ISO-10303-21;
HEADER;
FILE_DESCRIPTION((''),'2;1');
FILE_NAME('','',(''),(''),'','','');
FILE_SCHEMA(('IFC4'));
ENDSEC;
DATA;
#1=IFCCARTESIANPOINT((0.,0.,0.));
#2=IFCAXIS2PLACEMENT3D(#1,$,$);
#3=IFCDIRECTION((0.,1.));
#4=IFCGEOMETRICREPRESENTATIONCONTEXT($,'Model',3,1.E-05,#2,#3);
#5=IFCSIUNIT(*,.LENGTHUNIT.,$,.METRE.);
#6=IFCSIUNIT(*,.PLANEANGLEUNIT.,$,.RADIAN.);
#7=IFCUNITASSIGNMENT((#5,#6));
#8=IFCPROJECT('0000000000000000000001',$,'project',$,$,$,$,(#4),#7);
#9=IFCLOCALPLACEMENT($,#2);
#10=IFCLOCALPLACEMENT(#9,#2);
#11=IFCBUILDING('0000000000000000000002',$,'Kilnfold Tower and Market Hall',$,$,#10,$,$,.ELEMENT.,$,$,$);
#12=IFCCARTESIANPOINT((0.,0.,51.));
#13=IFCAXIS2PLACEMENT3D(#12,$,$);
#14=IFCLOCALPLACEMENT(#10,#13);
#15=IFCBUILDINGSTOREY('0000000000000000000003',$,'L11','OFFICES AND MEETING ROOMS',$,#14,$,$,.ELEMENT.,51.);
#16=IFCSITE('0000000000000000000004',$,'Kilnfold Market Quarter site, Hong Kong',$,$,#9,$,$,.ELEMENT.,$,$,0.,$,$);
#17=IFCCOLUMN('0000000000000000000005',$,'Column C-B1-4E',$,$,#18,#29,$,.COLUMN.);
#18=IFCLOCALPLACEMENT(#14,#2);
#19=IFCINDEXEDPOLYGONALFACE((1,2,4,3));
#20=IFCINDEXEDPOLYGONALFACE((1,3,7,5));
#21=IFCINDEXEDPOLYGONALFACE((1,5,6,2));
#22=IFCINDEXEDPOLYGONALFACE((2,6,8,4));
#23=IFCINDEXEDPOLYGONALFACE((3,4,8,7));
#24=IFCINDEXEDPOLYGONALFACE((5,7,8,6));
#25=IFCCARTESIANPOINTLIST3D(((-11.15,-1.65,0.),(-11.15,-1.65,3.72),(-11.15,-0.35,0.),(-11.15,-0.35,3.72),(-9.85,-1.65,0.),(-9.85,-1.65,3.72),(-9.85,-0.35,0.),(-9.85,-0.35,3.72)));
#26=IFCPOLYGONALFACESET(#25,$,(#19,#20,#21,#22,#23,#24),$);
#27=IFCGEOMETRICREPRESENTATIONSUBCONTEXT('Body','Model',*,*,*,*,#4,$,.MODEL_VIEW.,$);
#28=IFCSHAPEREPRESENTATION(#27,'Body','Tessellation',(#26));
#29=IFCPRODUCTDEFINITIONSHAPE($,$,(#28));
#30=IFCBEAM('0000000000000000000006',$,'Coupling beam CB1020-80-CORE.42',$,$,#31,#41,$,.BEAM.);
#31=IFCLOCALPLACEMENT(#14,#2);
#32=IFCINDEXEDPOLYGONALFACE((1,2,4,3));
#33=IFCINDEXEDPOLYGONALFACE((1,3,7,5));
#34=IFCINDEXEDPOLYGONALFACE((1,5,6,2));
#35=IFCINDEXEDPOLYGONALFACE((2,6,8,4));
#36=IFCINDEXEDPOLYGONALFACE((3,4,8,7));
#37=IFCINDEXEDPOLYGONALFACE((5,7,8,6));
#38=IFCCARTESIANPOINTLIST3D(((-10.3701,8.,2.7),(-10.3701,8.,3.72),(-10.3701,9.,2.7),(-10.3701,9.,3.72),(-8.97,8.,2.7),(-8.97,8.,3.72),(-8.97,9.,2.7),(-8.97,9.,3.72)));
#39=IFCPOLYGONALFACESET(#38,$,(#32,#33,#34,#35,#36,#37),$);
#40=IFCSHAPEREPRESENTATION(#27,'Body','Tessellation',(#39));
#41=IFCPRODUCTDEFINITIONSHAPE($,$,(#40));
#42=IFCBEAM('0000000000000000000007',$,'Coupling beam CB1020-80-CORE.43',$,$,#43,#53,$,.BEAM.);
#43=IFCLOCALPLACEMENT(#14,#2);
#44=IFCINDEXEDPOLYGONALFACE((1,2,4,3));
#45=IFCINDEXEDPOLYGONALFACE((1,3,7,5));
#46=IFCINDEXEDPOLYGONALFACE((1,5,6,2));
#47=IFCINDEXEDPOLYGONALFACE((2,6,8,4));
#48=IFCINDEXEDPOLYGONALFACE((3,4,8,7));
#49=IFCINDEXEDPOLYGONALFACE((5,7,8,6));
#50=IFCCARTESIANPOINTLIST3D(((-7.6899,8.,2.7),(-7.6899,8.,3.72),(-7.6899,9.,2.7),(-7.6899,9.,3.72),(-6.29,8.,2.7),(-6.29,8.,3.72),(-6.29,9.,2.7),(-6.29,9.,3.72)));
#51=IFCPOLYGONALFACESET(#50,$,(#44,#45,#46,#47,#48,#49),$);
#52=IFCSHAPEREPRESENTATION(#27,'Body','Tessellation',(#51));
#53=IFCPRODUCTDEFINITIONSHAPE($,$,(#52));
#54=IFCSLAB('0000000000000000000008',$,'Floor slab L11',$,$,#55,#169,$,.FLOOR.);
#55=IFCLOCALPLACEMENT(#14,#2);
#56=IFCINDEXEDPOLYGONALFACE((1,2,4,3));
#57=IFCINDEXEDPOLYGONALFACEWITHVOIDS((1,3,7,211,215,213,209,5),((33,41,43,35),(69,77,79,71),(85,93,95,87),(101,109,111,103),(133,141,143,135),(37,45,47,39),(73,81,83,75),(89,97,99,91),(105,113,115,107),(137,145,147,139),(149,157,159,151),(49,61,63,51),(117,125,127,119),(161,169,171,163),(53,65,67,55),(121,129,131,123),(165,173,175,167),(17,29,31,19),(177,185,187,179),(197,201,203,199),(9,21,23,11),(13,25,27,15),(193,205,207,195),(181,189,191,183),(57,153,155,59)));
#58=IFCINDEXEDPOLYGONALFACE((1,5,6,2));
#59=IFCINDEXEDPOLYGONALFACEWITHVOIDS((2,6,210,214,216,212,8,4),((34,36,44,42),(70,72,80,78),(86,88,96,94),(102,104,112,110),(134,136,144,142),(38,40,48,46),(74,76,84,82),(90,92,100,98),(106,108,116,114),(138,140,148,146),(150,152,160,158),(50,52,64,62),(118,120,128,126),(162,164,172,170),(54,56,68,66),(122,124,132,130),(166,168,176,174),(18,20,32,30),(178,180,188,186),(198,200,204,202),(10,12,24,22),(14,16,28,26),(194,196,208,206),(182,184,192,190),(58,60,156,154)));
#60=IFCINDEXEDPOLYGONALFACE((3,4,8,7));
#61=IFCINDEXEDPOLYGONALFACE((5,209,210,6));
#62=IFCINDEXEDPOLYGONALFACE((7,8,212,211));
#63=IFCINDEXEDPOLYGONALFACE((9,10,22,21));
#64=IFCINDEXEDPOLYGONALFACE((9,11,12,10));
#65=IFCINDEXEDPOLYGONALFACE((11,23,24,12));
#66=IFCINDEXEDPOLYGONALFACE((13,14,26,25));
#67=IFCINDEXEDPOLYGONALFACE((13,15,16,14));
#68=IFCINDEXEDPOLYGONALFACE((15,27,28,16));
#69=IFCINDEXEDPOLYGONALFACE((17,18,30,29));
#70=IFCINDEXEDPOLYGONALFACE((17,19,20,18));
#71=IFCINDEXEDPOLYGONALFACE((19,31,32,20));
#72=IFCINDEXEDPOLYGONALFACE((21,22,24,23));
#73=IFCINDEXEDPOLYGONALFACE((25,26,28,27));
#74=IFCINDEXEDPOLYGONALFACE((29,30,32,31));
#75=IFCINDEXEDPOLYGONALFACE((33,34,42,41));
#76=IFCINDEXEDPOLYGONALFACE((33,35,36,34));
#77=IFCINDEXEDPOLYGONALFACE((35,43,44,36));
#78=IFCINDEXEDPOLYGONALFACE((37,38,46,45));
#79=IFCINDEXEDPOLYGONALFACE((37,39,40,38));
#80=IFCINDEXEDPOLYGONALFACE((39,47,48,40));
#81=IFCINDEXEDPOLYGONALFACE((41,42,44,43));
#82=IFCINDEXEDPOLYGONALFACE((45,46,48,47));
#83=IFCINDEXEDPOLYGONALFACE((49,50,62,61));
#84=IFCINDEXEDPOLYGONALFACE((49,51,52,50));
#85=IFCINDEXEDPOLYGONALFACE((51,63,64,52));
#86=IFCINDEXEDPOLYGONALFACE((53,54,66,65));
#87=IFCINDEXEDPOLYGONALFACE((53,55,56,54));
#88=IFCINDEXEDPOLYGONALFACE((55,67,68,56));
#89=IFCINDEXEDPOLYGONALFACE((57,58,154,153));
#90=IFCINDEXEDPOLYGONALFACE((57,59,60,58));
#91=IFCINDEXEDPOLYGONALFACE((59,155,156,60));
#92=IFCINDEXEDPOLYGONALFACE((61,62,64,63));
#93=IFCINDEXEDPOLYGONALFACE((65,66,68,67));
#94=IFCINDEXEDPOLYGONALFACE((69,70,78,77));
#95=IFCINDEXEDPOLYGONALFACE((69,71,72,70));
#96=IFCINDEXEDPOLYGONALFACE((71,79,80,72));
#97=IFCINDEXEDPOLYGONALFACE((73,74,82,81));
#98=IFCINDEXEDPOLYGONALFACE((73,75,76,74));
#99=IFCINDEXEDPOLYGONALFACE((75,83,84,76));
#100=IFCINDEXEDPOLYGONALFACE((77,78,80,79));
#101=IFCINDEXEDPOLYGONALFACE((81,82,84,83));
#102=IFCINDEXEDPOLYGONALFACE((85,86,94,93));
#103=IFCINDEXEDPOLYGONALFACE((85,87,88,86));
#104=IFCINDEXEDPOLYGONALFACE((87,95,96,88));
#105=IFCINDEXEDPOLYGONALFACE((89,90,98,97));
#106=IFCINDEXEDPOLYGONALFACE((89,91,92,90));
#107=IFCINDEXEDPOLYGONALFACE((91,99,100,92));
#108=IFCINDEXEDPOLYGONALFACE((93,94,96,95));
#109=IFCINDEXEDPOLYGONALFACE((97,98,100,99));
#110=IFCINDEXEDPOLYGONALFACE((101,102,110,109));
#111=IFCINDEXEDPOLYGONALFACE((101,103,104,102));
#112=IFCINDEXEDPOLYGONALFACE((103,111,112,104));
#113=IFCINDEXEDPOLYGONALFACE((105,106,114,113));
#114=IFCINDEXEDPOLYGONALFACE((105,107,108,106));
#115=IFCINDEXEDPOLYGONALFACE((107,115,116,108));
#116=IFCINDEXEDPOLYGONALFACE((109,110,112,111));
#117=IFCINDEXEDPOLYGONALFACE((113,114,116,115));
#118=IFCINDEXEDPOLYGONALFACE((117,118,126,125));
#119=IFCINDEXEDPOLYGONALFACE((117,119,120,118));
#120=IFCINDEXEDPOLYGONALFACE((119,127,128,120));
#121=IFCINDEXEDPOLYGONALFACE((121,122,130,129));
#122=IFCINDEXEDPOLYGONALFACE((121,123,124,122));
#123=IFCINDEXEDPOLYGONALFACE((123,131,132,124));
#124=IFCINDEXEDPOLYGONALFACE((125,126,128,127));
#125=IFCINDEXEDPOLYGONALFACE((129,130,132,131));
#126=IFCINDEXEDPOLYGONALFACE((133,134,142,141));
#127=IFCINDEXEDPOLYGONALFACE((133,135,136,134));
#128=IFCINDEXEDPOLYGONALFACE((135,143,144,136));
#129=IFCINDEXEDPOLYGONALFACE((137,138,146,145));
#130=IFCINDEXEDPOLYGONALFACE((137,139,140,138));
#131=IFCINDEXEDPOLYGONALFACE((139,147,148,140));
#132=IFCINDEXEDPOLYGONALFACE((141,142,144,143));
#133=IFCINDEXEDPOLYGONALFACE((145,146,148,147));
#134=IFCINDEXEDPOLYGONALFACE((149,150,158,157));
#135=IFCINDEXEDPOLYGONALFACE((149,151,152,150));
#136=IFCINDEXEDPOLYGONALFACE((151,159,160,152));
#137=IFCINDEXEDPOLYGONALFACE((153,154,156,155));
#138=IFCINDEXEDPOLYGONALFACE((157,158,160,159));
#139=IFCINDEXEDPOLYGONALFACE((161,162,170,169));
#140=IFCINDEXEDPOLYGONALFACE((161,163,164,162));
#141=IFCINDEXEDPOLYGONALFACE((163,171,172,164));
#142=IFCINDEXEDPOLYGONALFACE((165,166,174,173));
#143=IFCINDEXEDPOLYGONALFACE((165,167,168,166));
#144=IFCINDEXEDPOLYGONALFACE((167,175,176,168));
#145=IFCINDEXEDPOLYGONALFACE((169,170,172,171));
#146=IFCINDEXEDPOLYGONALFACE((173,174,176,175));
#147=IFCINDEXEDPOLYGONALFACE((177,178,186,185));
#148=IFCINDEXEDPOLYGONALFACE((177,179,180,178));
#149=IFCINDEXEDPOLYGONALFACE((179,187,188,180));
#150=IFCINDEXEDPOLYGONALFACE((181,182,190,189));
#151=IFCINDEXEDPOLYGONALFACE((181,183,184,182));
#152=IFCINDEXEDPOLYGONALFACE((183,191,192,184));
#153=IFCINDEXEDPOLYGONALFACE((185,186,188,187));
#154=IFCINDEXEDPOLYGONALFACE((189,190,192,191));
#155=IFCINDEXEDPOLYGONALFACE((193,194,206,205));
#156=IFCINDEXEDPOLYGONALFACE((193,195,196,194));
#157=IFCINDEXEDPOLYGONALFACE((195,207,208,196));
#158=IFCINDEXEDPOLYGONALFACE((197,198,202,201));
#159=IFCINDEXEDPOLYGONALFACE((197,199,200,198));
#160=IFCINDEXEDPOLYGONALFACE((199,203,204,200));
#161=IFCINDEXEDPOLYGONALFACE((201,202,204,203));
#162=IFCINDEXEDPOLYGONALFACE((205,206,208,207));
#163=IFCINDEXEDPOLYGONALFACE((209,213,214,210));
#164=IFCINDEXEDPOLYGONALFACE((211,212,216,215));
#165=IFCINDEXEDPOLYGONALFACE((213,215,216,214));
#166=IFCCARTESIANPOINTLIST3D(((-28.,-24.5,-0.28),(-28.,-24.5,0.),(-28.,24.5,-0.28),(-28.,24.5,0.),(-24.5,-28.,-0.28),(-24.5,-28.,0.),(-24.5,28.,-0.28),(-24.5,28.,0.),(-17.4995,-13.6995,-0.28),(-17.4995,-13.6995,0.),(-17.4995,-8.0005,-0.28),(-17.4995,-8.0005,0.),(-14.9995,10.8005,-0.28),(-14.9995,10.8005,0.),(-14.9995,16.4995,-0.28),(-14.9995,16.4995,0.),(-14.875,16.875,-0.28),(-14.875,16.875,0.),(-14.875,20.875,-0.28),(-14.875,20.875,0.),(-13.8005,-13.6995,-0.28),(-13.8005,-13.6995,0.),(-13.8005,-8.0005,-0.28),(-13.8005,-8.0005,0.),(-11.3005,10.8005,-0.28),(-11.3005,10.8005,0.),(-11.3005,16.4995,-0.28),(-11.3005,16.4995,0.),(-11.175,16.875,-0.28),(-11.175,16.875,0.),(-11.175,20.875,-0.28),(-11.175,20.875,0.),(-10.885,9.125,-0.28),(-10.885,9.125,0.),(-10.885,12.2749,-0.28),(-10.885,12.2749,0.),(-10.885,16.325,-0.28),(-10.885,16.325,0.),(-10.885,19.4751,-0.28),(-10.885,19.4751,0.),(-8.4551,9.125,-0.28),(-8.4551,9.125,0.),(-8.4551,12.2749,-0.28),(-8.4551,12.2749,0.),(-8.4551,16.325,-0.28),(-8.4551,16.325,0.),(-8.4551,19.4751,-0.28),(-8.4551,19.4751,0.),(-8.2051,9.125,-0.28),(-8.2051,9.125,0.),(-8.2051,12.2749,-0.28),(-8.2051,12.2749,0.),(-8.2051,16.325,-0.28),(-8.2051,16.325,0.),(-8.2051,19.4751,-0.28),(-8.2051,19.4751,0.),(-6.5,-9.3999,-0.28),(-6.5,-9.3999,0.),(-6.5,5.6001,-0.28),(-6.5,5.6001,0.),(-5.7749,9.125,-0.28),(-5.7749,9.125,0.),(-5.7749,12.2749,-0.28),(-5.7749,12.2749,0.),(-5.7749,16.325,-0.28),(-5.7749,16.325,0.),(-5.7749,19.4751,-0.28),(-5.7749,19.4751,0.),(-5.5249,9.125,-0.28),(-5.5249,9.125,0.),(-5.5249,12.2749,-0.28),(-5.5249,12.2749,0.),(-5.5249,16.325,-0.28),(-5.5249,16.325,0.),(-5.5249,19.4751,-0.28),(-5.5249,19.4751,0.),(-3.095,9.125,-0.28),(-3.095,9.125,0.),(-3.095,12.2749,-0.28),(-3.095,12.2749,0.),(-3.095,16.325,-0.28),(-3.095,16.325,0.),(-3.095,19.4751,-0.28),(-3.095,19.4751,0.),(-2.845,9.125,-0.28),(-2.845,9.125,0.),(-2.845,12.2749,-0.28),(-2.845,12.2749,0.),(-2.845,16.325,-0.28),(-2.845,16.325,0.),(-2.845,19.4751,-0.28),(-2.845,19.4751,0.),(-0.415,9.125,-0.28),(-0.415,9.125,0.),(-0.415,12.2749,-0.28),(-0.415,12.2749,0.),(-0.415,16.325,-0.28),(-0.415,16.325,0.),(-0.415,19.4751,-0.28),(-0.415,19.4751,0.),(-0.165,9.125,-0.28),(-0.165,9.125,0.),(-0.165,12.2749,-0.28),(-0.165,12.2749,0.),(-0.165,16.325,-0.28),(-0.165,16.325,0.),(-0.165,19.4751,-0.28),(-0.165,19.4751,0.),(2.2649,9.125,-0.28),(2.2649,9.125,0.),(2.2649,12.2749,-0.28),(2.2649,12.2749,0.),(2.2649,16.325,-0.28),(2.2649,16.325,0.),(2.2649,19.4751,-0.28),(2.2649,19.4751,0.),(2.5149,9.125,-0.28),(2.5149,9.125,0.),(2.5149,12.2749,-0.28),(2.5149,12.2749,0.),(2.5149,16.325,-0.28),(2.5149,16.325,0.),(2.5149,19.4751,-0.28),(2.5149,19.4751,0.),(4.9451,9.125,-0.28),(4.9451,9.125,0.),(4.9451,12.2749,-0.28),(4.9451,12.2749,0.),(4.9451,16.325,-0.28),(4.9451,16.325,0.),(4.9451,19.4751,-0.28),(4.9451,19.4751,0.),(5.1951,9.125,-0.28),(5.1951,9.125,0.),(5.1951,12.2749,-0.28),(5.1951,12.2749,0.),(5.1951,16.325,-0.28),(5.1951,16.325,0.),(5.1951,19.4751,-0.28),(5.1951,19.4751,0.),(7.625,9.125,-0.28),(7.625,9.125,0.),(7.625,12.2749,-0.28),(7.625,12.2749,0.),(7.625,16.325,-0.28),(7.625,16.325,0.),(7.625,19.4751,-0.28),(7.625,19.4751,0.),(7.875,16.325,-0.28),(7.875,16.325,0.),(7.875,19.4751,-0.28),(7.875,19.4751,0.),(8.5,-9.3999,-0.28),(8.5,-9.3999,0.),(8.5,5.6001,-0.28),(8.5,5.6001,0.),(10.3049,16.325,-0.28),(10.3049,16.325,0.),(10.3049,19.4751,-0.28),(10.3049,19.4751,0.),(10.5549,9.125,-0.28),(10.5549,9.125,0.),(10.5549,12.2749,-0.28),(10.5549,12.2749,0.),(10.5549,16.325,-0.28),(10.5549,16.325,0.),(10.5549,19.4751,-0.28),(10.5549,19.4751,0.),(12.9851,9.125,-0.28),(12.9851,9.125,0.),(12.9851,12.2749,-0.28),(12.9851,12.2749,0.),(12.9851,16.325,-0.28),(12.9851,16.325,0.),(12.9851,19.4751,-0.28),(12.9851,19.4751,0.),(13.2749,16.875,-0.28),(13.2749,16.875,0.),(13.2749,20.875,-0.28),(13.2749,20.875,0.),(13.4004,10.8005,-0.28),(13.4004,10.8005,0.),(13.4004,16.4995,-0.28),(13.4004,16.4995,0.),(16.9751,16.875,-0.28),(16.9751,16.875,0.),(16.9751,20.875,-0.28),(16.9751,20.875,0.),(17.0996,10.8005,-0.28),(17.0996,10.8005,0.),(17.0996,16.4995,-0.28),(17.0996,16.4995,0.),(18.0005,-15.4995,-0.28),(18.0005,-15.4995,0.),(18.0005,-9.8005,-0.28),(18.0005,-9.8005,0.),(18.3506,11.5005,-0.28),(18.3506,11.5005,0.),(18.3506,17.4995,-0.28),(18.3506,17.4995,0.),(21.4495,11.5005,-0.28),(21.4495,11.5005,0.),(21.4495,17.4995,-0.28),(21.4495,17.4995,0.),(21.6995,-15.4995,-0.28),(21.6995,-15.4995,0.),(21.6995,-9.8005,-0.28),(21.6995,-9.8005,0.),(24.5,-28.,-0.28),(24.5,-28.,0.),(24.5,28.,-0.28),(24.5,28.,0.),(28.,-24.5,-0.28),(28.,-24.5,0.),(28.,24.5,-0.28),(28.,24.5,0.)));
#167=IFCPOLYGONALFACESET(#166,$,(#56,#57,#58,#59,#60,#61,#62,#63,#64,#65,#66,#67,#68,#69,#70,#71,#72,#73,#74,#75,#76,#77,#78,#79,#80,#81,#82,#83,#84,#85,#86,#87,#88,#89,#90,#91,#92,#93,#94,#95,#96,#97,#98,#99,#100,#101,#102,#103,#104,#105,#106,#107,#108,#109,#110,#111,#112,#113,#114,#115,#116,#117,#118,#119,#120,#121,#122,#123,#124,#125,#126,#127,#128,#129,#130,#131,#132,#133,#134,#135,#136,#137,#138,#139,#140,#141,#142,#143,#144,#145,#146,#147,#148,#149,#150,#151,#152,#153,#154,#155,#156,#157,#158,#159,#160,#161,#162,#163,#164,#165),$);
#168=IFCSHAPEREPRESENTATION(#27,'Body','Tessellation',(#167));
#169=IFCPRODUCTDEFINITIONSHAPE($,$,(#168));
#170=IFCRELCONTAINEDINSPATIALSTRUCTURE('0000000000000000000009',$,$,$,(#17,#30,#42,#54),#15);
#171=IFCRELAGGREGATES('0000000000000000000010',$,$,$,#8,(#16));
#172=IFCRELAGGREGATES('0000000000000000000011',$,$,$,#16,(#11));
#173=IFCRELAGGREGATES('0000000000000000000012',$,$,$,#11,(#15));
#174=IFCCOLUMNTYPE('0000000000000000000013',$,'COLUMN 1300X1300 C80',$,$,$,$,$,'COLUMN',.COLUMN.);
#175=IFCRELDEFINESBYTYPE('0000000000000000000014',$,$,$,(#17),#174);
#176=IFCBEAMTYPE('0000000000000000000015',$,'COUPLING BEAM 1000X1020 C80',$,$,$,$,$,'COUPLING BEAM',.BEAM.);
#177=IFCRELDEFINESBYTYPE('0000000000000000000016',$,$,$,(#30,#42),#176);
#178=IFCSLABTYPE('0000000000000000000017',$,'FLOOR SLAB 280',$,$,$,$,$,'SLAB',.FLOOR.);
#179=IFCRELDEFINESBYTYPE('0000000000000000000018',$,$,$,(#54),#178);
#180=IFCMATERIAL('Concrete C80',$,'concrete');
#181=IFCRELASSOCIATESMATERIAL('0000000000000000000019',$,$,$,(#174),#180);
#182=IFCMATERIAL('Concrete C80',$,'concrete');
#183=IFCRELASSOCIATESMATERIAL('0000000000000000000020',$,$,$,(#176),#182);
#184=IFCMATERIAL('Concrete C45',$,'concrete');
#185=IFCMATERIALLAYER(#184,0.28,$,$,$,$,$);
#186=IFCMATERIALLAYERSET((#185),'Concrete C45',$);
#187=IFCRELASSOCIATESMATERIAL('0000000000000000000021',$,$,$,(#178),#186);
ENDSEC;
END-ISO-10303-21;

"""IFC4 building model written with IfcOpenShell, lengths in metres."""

from ifc_helpers import new_model, si_unit, direction, frame, origin, origin_2d, place, context, subcontext, project, spatial, polyline, rectangle, outline, extrude, source, transform, mapped, material, layer, layer_set, material_profile, profile_set, type_object, element, save


model = new_model("IFC4")

# Units and contexts
model_context = context("Model", 3, precision=1e-05, world=origin(), true_north=direction((0.0, 1.0)))
body_context = subcontext(model_context, "Body", "Model", "MODEL_VIEW")
ifc_project = project(units=[si_unit("LENGTHUNIT", "METRE"), si_unit("PLANEANGLEUNIT", "RADIAN")], contexts=[model_context])

# Site, building, storey
site_placement = place(None, origin())
site = spatial("IfcSite", under=ifc_project, at=site_placement, Name="Kilnfold Market Quarter site, Hong Kong", CompositionType="ELEMENT", RefElevation=0.0)
building_placement = place(site_placement, origin())
building = spatial("IfcBuilding", under=site, at=building_placement, Name="Kilnfold Tower and Market Hall", CompositionType="ELEMENT")
storey_placement = place(building_placement, frame((0.0, 0.0, 51.0)))
storey = spatial("IfcBuildingStorey", under=building, at=storey_placement, Name="L11", Description="OFFICES AND MEETING ROOMS", CompositionType="ELEMENT", Elevation=51.0)

# Column
ifc_material_1 = material(Name="Concrete C80", Category="concrete")
ifc_material_profile_1 = material_profile(ifc_material_1, rectangle(XDim=1.3, YDim=1.3, at=origin_2d()), Name="RC 1300x1300")
ifc_profile_set_1 = profile_set([ifc_material_profile_1], Name="Concrete C80")
column_type = type_object("IfcColumnType", Name="COLUMN 1300X1300 C80", ElementType="COLUMN", PredefinedType="COLUMN", material=ifc_profile_set_1)
shared_shape_1 = source(origin(), body_context, "Body", "SweptSolid", [
    extrude(rectangle(XDim=1.3, YDim=1.3, at=origin_2d()), origin(), (0.0, 0.0, 1.0), 3.72),
])
column_placement = place(storey_placement, frame((-10.5, -1.0, 0.0), z_axis=(0.0, 0.0, 1.0), x_axis=(1.0, 0.0, 0.0)))
element("IfcColumn", 1, at=column_placement, inside=storey, type_object=column_type, Name="Column C-B1-4E", PredefinedType="COLUMN", context=body_context, shape_type="MappedRepresentation", body=[
    mapped(shared_shape_1, transform((0.0, 0.0, 0.0))),
])

# Beams
ifc_material_2 = material(Name="Concrete C80", Category="concrete")
ifc_material_profile_2 = material_profile(ifc_material_2, rectangle(XDim=1.0, YDim=1.02, at=origin_2d()), Name="RC 1000x1020")
ifc_profile_set_2 = profile_set([ifc_material_profile_2], Name="Concrete C80")
beam_type = type_object("IfcBeamType", Name="COUPLING BEAM 1000X1020 C80", ElementType="COUPLING BEAM", PredefinedType="BEAM", material=ifc_profile_set_2)
shared_shape_2 = source(origin(), body_context, "Body", "SweptSolid", [
    extrude(rectangle(XDim=1.0, YDim=1.02, at=origin_2d()), origin(), (0.0, 0.0, 1.0), 1.4001),
])
beam_1_placement = place(storey_placement, frame((-10.3701, 8.5, 3.21), z_axis=(1.0, 0.0, 0.0), x_axis=(0.0, 1.0, 0.0)))
element("IfcBeam", 2, at=beam_1_placement, inside=storey, type_object=beam_type, Name="Coupling beam CB1020-80-CORE.42", PredefinedType="BEAM", context=body_context, shape_type="MappedRepresentation", body=[
    mapped(shared_shape_2, transform((0.0, 0.0, 0.0))),
])
shared_shape_3 = source(origin(), body_context, "Body", "SweptSolid", [
    extrude(rectangle(XDim=1.0, YDim=1.02, at=origin_2d()), origin(), (0.0, 0.0, 1.0), 1.3999),
])
beam_2_placement = place(storey_placement, frame((-7.6899, 8.5, 3.21), z_axis=(1.0, 0.0, 0.0), x_axis=(0.0, 1.0, 0.0)))
element("IfcBeam", 3, at=beam_2_placement, inside=storey, type_object=beam_type, Name="Coupling beam CB1020-80-CORE.43", PredefinedType="BEAM", context=body_context, shape_type="MappedRepresentation", body=[
    mapped(shared_shape_3, transform((0.0, 0.0, 0.0))),
])

# Slab
ifc_material_3 = material(Name="Concrete C45", Category="concrete")
ifc_layer_1 = layer(ifc_material_3, 0.28)
ifc_layer_set_1 = layer_set([ifc_layer_1], Name="Concrete C45")
slab_type_1 = type_object("IfcSlabType", Name="FLOOR SLAB 280", ElementType="SLAB", PredefinedType="FLOOR", material=ifc_layer_set_1)
shared_shape_4 = source(origin(), body_context, "Body", "SweptSolid", [
    extrude(outline(polyline([(-24.5, -28.0), (24.5, -28.0), (28.0, -24.5), (28.0, 24.5), (24.5, 28.0), (-24.5, 28.0), (-28.0, 24.5), (-28.0, -24.5), (-24.5, -28.0)]), holes=[polyline([(-13.8005, -13.6995), (-17.4995, -13.6995), (-17.4995, -8.0005), (-13.8005, -8.0005), (-13.8005, -13.6995)]), polyline([(-11.3005, 10.8005), (-14.9995, 10.8005), (-14.9995, 16.4995), (-11.3005, 16.4995), (-11.3005, 10.8005)]), polyline([(-11.175, 16.875), (-14.875, 16.875), (-14.875, 20.875), (-11.175, 20.875), (-11.175, 16.875)]), polyline([(-10.885, 9.125), (-10.885, 12.2749), (-8.4551, 12.2749), (-8.4551, 9.125), (-10.885, 9.125)]), polyline([(-10.885, 16.325), (-10.885, 19.4751), (-8.4551, 19.4751), (-8.4551, 16.325), (-10.885, 16.325)]), polyline([(-5.7749, 9.125), (-8.2051, 9.125), (-8.2051, 12.2749), (-5.7749, 12.2749), (-5.7749, 9.125)]), polyline([(-8.2051, 16.325), (-8.2051, 19.4751), (-5.7749, 19.4751), (-5.7749, 16.325), (-8.2051, 16.325)]), polyline([(-6.5, -9.3999), (-6.5, 5.6001), (8.5, 5.6001), (8.5, -9.3999), (-6.5, -9.3999)]), polyline([(-5.5249, 9.125), (-5.5249, 12.2749), (-3.095, 12.2749), (-3.095, 9.125), (-5.5249, 9.125)]), polyline([(-3.095, 16.325), (-5.5249, 16.325), (-5.5249, 19.4751), (-3.095, 19.4751), (-3.095, 16.325)]), polyline([(-2.845, 9.125), (-2.845, 12.2749), (-0.415, 12.2749), (-0.415, 9.125), (-2.845, 9.125)]), polyline([(-2.845, 16.325), (-2.845, 19.4751), (-0.415, 19.4751), (-0.415, 16.325), (-2.845, 16.325)]), polyline([(-0.165, 9.125), (-0.165, 12.2749), (2.2649, 12.2749), (2.2649, 9.125), (-0.165, 9.125)]), polyline([(-0.165, 16.325), (-0.165, 19.4751), (2.2649, 19.4751), (2.2649, 16.325), (-0.165, 16.325)]), polyline([(4.9451, 9.125), (2.5149, 9.125), (2.5149, 12.2749), (4.9451, 12.2749), (4.9451, 9.125)]), polyline([(2.5149, 16.325), (2.5149, 19.4751), (4.9451, 19.4751), (4.9451, 16.325), (2.5149, 16.325)]), polyline([(5.1951, 9.125), (5.1951, 12.2749), (7.625, 12.2749), (7.625, 9.125), (5.1951, 9.125)]), polyline([(5.1951, 16.325), (5.1951, 19.4751), (7.625, 19.4751), (7.625, 16.325), (5.1951, 16.325)]), polyline([(7.875, 16.325), (7.875, 19.4751), (10.3049, 19.4751), (10.3049, 16.325), (7.875, 16.325)]), polyline([(10.5549, 9.125), (10.5549, 12.2749), (12.9851, 12.2749), (12.9851, 9.125), (10.5549, 9.125)]), polyline([(10.5549, 16.325), (10.5549, 19.4751), (12.9851, 19.4751), (12.9851, 16.325), (10.5549, 16.325)]), polyline([(13.2749, 16.875), (13.2749, 20.875), (16.9751, 20.875), (16.9751, 16.875), (13.2749, 16.875)]), polyline([(17.0996, 10.8005), (13.4004, 10.8005), (13.4004, 16.4995), (17.0996, 16.4995), (17.0996, 10.8005)]), polyline([(21.6995, -9.8005), (21.6995, -15.4995), (18.0005, -15.4995), (18.0005, -9.8005), (21.6995, -9.8005)]), polyline([(18.3506, 11.5005), (18.3506, 17.4995), (21.4495, 17.4995), (21.4495, 11.5005), (18.3506, 11.5005)])]), origin(), (0.0, 0.0, 1.0), 0.28),
])
slab_1_placement = place(storey_placement, frame((0.0, 0.0, -0.28)))
element("IfcSlab", 4, at=slab_1_placement, inside=storey, type_object=slab_type_1, Name="Floor slab L11", PredefinedType="FLOOR", context=body_context, shape_type="MappedRepresentation", body=[
    mapped(shared_shape_4, transform((0.0, 0.0, 0.0))),
])

save(model, "model.ifc")
